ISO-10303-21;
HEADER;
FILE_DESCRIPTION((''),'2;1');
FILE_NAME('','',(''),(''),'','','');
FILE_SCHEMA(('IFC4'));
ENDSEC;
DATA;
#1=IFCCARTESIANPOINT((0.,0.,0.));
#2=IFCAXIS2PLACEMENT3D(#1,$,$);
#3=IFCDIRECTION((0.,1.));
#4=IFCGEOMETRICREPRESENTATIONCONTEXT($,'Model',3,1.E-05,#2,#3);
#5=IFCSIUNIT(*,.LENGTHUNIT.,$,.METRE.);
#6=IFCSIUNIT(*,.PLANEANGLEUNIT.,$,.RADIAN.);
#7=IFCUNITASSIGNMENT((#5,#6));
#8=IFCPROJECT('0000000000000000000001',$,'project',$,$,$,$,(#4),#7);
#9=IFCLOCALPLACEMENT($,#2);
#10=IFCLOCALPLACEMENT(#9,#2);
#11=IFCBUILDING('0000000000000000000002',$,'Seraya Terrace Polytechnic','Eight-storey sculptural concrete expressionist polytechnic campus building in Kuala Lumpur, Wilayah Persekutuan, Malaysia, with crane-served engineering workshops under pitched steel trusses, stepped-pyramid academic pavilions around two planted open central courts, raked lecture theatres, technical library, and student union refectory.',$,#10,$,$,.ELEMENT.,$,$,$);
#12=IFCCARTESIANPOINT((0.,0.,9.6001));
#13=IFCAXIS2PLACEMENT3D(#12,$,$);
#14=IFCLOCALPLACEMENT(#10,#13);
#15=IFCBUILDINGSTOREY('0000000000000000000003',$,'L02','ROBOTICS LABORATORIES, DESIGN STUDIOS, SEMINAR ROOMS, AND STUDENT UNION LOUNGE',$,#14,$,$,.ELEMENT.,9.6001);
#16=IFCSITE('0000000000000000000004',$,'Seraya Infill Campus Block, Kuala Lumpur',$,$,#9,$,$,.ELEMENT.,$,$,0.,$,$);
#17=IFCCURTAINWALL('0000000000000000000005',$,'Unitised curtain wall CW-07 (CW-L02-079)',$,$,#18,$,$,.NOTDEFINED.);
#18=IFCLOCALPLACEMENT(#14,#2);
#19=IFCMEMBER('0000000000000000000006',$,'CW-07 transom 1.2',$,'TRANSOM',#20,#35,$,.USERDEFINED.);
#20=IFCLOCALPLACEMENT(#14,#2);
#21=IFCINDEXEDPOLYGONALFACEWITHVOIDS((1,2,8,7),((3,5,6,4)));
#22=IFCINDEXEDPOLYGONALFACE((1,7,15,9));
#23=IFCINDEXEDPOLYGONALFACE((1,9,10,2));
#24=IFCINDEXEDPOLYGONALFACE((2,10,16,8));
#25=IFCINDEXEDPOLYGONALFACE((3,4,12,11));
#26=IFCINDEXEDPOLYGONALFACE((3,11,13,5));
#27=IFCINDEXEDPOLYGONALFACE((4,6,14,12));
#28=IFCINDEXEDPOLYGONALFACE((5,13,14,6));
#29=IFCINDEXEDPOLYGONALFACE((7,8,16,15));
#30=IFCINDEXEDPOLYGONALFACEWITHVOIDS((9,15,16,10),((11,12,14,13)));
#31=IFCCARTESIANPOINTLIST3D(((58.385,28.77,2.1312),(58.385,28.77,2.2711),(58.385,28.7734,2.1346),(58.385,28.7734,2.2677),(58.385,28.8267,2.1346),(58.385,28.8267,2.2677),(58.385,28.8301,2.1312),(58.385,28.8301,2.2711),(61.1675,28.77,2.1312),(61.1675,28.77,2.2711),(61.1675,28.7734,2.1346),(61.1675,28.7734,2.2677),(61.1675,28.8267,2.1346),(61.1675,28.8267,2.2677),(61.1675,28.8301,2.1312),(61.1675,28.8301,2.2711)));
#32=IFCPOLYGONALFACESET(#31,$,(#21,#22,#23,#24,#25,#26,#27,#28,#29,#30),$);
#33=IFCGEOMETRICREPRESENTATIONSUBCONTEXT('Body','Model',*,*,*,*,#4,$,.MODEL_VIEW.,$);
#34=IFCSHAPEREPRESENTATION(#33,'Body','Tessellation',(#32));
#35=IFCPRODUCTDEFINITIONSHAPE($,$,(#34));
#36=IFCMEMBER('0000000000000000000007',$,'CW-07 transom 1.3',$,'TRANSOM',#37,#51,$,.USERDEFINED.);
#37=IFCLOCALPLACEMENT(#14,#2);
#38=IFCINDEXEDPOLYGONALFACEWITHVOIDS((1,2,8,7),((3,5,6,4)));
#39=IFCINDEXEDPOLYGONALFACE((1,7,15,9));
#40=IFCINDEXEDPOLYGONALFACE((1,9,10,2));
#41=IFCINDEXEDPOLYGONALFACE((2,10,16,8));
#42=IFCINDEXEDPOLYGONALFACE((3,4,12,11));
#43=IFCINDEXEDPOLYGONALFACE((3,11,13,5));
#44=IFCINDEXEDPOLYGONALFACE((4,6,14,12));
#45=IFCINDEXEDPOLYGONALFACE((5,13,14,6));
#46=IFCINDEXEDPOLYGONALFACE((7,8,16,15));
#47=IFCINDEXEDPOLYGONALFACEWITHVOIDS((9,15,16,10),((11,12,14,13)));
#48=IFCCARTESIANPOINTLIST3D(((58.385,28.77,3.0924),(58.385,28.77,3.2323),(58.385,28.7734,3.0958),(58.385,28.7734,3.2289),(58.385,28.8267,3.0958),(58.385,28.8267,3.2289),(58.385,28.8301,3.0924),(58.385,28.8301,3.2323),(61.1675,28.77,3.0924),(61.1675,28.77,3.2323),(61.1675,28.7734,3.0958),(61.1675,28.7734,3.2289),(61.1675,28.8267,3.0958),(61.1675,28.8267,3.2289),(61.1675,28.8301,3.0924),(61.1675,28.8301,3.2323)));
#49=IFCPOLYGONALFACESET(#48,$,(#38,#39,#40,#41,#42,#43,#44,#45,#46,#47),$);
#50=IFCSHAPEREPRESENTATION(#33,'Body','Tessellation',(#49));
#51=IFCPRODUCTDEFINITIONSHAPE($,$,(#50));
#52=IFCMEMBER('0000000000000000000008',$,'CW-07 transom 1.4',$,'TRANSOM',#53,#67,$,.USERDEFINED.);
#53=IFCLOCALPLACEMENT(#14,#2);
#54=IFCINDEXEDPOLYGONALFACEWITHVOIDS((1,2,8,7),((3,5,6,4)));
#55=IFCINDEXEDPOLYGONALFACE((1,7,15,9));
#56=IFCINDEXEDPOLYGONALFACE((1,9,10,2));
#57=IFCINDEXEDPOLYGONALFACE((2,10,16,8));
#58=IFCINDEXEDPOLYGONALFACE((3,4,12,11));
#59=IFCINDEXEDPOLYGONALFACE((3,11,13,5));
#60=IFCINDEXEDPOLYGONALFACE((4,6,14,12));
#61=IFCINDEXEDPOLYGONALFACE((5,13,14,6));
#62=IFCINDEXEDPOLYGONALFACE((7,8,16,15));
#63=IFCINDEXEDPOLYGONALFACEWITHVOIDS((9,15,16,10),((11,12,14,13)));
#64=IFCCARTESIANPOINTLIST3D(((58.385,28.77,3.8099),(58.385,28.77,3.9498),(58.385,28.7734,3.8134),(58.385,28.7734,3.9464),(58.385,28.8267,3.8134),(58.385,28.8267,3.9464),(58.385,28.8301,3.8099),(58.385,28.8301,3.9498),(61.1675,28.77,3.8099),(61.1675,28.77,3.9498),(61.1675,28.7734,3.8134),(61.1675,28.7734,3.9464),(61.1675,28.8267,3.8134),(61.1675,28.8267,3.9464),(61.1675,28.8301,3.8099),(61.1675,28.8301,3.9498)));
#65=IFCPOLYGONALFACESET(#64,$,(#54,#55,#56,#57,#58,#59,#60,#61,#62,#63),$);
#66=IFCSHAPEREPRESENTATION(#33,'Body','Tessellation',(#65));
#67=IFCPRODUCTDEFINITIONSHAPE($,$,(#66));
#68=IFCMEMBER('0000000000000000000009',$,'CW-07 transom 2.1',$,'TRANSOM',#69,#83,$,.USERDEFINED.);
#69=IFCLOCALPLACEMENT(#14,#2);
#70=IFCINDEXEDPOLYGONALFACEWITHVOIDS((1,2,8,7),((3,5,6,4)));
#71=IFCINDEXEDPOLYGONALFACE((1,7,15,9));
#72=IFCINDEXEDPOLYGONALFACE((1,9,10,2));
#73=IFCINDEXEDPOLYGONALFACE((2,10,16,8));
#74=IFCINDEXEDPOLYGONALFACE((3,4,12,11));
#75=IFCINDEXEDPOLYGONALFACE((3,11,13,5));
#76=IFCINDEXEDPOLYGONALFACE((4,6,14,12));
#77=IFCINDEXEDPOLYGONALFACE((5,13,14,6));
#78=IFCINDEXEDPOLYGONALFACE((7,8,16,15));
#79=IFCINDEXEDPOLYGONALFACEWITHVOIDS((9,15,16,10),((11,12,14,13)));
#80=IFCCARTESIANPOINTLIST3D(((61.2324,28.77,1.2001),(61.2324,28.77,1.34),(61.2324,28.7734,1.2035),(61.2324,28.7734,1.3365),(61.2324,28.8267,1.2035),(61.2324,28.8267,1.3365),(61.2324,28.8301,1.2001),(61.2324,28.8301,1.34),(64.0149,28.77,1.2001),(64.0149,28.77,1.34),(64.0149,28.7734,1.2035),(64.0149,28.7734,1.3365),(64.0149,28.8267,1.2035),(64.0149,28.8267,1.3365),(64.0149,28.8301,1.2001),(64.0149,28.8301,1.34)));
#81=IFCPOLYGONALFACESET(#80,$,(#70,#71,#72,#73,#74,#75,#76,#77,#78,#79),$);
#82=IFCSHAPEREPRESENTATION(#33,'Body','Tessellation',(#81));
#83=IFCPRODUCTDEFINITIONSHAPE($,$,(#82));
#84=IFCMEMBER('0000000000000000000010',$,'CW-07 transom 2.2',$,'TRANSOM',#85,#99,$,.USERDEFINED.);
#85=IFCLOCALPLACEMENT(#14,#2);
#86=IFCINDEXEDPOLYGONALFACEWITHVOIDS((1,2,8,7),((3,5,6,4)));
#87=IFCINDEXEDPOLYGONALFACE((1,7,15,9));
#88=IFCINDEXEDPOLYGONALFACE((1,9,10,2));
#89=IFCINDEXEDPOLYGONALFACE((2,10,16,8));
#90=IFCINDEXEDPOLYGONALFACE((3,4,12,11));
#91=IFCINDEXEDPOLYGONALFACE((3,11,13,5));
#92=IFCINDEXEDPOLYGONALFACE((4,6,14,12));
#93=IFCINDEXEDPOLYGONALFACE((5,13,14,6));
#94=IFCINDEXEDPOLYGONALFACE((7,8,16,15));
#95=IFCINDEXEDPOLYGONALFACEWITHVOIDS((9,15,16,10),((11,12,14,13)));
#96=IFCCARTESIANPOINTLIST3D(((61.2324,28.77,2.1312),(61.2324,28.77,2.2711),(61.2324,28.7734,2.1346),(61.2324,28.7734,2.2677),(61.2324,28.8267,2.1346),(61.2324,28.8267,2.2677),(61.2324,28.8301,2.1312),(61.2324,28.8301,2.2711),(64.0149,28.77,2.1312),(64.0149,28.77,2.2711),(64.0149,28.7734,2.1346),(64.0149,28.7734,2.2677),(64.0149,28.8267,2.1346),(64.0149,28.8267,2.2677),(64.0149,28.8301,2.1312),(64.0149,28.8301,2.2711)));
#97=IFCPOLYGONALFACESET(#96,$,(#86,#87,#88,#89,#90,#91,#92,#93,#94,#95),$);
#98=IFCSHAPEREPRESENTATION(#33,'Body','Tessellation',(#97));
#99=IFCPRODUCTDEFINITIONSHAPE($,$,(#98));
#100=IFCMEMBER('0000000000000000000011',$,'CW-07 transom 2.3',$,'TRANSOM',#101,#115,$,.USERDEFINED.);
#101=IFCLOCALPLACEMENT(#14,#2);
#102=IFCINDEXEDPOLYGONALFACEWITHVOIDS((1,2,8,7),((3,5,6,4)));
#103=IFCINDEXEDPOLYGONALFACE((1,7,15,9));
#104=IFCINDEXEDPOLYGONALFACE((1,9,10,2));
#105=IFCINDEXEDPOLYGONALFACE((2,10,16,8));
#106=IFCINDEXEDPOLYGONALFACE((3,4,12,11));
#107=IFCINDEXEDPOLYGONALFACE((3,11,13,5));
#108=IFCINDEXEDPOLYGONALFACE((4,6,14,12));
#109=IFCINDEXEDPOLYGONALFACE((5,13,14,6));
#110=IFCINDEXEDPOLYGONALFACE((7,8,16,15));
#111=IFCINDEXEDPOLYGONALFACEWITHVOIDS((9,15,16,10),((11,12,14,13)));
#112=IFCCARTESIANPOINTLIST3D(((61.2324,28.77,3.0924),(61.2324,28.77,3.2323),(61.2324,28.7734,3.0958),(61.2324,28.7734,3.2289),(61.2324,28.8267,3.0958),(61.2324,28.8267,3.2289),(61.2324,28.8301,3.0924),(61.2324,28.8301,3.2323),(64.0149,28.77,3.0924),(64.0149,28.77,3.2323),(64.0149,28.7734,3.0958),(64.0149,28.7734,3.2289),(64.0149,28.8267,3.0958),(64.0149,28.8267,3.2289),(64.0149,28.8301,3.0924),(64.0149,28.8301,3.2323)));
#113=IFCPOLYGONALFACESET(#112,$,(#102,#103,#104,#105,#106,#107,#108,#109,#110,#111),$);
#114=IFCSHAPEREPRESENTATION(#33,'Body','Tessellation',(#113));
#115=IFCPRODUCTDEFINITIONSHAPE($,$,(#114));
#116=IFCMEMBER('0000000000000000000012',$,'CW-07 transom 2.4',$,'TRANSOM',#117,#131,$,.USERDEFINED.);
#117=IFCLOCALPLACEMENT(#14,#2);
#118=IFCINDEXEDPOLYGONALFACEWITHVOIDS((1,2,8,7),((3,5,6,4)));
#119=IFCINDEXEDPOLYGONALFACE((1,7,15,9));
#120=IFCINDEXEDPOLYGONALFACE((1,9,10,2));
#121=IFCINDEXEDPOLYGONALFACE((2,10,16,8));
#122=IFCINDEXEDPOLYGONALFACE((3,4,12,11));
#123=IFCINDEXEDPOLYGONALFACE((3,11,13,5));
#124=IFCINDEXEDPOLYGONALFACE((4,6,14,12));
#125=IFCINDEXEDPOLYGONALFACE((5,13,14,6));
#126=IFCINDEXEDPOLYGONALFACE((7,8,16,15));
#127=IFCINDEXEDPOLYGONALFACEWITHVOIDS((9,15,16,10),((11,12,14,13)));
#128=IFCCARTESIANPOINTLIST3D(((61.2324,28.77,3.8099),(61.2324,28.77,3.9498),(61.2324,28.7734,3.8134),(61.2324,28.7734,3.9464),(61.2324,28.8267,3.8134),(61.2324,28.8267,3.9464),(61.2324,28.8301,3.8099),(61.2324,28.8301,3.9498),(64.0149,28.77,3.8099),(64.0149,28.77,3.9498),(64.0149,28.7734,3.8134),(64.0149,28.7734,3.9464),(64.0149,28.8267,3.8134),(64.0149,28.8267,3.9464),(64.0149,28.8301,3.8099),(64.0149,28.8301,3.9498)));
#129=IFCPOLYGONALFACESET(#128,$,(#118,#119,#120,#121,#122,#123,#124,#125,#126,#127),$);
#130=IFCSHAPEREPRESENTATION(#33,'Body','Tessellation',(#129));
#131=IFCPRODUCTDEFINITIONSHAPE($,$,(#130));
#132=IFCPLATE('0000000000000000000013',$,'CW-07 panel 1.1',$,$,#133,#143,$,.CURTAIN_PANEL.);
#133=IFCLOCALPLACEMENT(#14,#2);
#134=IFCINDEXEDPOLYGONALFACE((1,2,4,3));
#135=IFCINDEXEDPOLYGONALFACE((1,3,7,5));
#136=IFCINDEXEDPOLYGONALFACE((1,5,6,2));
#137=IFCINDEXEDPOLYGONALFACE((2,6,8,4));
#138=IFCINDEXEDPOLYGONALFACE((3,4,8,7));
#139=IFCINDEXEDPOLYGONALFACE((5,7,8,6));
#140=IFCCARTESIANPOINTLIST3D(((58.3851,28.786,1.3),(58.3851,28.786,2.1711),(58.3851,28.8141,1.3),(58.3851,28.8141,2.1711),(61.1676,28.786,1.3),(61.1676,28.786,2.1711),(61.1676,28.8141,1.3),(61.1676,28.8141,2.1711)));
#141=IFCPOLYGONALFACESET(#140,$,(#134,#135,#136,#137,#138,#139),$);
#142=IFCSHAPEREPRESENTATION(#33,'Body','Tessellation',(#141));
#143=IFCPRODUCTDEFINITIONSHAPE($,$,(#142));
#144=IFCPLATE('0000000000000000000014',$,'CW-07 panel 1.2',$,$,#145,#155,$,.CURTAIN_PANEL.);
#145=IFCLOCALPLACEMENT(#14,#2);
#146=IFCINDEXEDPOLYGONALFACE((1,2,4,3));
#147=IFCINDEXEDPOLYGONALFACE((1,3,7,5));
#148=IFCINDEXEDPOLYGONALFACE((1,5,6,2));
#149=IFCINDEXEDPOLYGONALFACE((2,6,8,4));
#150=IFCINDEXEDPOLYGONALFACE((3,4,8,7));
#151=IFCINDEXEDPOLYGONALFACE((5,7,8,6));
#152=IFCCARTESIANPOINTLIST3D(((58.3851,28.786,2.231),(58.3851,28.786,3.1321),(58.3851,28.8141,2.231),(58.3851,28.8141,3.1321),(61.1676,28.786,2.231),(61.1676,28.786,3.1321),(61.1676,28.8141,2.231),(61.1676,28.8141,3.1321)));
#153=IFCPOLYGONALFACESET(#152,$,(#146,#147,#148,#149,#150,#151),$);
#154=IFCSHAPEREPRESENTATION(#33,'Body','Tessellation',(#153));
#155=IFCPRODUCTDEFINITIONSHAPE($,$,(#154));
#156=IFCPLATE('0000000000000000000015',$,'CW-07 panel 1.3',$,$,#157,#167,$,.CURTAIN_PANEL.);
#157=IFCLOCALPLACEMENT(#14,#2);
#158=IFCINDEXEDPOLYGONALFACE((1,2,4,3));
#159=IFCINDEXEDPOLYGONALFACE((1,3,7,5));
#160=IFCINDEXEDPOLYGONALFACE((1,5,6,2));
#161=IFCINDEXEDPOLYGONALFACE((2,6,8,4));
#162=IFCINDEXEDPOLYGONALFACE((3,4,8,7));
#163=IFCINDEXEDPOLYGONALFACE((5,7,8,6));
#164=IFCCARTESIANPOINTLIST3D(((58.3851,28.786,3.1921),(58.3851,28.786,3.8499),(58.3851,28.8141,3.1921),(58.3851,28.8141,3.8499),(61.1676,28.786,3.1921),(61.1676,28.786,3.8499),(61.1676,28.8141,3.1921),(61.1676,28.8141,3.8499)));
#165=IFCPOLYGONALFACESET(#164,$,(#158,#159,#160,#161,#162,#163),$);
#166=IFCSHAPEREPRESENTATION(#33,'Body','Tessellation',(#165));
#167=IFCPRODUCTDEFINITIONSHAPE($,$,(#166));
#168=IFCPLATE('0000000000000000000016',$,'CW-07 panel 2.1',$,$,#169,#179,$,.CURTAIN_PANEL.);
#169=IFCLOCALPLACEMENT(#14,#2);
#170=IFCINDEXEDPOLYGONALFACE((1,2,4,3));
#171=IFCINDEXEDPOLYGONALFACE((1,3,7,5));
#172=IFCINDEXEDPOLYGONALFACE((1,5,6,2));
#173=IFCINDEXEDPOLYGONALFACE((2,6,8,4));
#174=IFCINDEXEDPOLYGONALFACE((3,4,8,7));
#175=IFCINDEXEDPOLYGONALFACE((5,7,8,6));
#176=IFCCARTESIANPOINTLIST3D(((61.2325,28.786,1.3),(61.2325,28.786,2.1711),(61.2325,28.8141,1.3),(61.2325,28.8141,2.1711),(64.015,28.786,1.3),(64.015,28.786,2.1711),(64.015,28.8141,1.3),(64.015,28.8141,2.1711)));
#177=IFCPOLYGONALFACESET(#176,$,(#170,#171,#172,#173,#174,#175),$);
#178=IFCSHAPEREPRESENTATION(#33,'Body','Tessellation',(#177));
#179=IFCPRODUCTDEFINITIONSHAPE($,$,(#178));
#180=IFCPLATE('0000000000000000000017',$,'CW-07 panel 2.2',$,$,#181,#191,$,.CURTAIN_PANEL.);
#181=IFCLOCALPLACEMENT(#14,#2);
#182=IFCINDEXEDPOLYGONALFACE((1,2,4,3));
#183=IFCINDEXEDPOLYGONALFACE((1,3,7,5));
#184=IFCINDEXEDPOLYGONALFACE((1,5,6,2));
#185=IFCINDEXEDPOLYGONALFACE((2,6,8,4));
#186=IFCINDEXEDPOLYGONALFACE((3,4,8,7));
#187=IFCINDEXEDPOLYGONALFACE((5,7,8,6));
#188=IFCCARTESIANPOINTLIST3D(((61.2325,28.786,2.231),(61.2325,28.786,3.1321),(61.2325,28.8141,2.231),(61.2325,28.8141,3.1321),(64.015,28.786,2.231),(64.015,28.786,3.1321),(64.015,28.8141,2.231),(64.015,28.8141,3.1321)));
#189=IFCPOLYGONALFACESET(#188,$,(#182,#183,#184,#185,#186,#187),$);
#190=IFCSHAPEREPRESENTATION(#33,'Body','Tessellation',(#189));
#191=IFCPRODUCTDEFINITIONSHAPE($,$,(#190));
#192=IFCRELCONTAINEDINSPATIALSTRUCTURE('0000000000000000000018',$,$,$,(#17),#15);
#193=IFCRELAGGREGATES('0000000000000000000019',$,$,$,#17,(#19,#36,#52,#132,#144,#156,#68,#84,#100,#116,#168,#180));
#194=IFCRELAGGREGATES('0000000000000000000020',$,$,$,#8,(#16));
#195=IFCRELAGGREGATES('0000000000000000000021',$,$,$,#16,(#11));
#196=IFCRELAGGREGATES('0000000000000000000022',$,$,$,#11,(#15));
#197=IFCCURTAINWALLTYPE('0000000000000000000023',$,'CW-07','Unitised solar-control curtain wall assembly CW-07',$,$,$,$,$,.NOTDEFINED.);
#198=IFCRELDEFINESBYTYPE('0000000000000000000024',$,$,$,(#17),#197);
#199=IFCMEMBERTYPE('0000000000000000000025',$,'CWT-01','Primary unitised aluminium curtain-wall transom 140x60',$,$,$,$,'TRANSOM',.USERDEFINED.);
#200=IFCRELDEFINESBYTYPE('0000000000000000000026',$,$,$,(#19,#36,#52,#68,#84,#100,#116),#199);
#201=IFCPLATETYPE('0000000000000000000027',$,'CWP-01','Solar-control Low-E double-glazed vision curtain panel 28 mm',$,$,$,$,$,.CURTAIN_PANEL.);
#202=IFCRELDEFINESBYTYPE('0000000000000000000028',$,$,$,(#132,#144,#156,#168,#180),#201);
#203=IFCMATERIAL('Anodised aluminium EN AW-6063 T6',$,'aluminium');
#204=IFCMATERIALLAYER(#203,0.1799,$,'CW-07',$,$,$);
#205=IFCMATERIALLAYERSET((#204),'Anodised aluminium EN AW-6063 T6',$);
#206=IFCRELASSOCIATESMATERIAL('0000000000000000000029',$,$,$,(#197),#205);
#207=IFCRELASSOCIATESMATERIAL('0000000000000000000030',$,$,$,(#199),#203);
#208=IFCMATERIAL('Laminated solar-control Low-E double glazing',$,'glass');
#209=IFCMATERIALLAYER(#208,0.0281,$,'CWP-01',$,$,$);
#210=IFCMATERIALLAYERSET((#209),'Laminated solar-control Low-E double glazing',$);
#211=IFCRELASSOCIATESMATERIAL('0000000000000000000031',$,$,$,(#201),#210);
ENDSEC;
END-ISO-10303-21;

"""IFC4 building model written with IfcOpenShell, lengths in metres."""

from ifc_helpers import new_model, si_unit, direction, frame, origin, origin_2d, place, context, subcontext, project, spatial, rectangle, hollow_rectangle, extrude, material, layer, layer_set, material_profile, profile_set, type_object, element, aggregate, save


model = new_model("IFC4")

# Units and contexts
model_context = context("Model", 3, precision=1e-05, world=origin(), true_north=direction((0.0, 1.0)))
body_context = subcontext(model_context, "Body", "Model", "MODEL_VIEW")
ifc_project = project(units=[si_unit("LENGTHUNIT", "METRE"), si_unit("PLANEANGLEUNIT", "RADIAN")], contexts=[model_context])

# Site, building, storey
site_placement = place(None, origin())
site = spatial("IfcSite", under=ifc_project, at=site_placement, Name="Seraya Infill Campus Block, Kuala Lumpur", CompositionType="ELEMENT", RefElevation=0.0)
building_placement = place(site_placement, origin())
building = spatial("IfcBuilding", under=site, at=building_placement, Name="Seraya Terrace Polytechnic", Description="Eight-storey sculptural concrete expressionist polytechnic campus building in Kuala Lumpur, Wilayah Persekutuan, Malaysia, with crane-served engineering workshops under pitched steel trusses, stepped-pyramid academic pavilions around two planted open central courts, raked lecture theatres, technical library, and student union refectory.", CompositionType="ELEMENT")
storey_placement = place(building_placement, frame((0.0, 0.0, 9.6001)))
storey = spatial("IfcBuildingStorey", under=building, at=storey_placement, Name="L02", Description="ROBOTICS LABORATORIES, DESIGN STUDIOS, SEMINAR ROOMS, AND STUDENT UNION LOUNGE", CompositionType="ELEMENT", Elevation=9.6001)

# Curtain wall, members, plates
ifc_material_1 = material(Name="Anodised aluminium EN AW-6063 T6", Category="aluminium")
ifc_layer_1 = layer(ifc_material_1, 0.1799, Name="CW-07")
ifc_layer_set_1 = layer_set([ifc_layer_1], Name="Anodised aluminium EN AW-6063 T6")
curtain_wall_type = type_object("IfcCurtainWallType", Name="CW-07", Description="Unitised solar-control curtain wall assembly CW-07", PredefinedType="NOTDEFINED", material=ifc_layer_set_1)
curtain_wall_placement = place(storey_placement, origin())
curtain_wall = element("IfcCurtainWall", 1, at=curtain_wall_placement, inside=storey, type_object=curtain_wall_type, Name="Unitised curtain wall CW-07 (CW-L02-079)", PredefinedType="NOTDEFINED")
ifc_material_profile_1 = material_profile(ifc_material_1, hollow_rectangle(XDim=0.0601, YDim=0.1399, WallThickness=0.0034, at=origin_2d()), Name="RHS 140x60x3.5")
ifc_profile_set_1 = profile_set([ifc_material_profile_1], Name="Anodised aluminium EN AW-6063 T6")
member_type_1 = type_object("IfcMemberType", Name="CWT-01", Description="Primary unitised aluminium curtain-wall transom 140x60", ElementType="TRANSOM", PredefinedType="USERDEFINED", material=ifc_profile_set_1)
member_1_placement = place(storey_placement, frame((58.385, 28.8, 2.2012), z_axis=(1.0, 0.0, 0.0), x_axis=(0.0, 1.0, 0.0)))
member_1 = element("IfcMember", 2, at=member_1_placement, type_object=member_type_1, Name="CW-07 transom 1.2", ObjectType="TRANSOM", PredefinedType="USERDEFINED", context=body_context, shape_type="SweptSolid", body=[
    extrude(hollow_rectangle(XDim=0.0601, YDim=0.1399, WallThickness=0.0034, at=origin_2d()), origin(), (0.0, 0.0, 1.0), 2.7825),
])
member_2_placement = place(storey_placement, frame((58.385, 28.8, 3.1624), z_axis=(1.0, 0.0, 0.0), x_axis=(0.0, 1.0, 0.0)))
member_2 = element("IfcMember", 3, at=member_2_placement, type_object=member_type_1, Name="CW-07 transom 1.3", ObjectType="TRANSOM", PredefinedType="USERDEFINED", context=body_context, shape_type="SweptSolid", body=[
    extrude(hollow_rectangle(XDim=0.0601, YDim=0.1399, WallThickness=0.0034, at=origin_2d()), origin(), (0.0, 0.0, 1.0), 2.7825),
])
member_3_placement = place(storey_placement, frame((58.385, 28.8, 3.8799), z_axis=(1.0, 0.0, 0.0), x_axis=(0.0, 1.0, 0.0)))
member_3 = element("IfcMember", 4, at=member_3_placement, type_object=member_type_1, Name="CW-07 transom 1.4", ObjectType="TRANSOM", PredefinedType="USERDEFINED", context=body_context, shape_type="SweptSolid", body=[
    extrude(hollow_rectangle(XDim=0.0601, YDim=0.1399, WallThickness=0.0034, at=origin_2d()), origin(), (0.0, 0.0, 1.0), 2.7825),
])
member_4_placement = place(storey_placement, frame((61.2324, 28.8, 1.27), z_axis=(1.0, 0.0, 0.0), x_axis=(0.0, 1.0, 0.0)))
member_4 = element("IfcMember", 5, at=member_4_placement, type_object=member_type_1, Name="CW-07 transom 2.1", ObjectType="TRANSOM", PredefinedType="USERDEFINED", context=body_context, shape_type="SweptSolid", body=[
    extrude(hollow_rectangle(XDim=0.0601, YDim=0.1399, WallThickness=0.0034, at=origin_2d()), origin(), (0.0, 0.0, 1.0), 2.7825),
])
member_5_placement = place(storey_placement, frame((61.2324, 28.8, 2.2012), z_axis=(1.0, 0.0, 0.0), x_axis=(0.0, 1.0, 0.0)))
member_5 = element("IfcMember", 6, at=member_5_placement, type_object=member_type_1, Name="CW-07 transom 2.2", ObjectType="TRANSOM", PredefinedType="USERDEFINED", context=body_context, shape_type="SweptSolid", body=[
    extrude(hollow_rectangle(XDim=0.0601, YDim=0.1399, WallThickness=0.0034, at=origin_2d()), origin(), (0.0, 0.0, 1.0), 2.7825),
])
member_6_placement = place(storey_placement, frame((61.2324, 28.8, 3.1624), z_axis=(1.0, 0.0, 0.0), x_axis=(0.0, 1.0, 0.0)))
member_6 = element("IfcMember", 7, at=member_6_placement, type_object=member_type_1, Name="CW-07 transom 2.3", ObjectType="TRANSOM", PredefinedType="USERDEFINED", context=body_context, shape_type="SweptSolid", body=[
    extrude(hollow_rectangle(XDim=0.0601, YDim=0.1399, WallThickness=0.0034, at=origin_2d()), origin(), (0.0, 0.0, 1.0), 2.7825),
])
member_7_placement = place(storey_placement, frame((61.2324, 28.8, 3.8799), z_axis=(1.0, 0.0, 0.0), x_axis=(0.0, 1.0, 0.0)))
member_7 = element("IfcMember", 8, at=member_7_placement, type_object=member_type_1, Name="CW-07 transom 2.4", ObjectType="TRANSOM", PredefinedType="USERDEFINED", context=body_context, shape_type="SweptSolid", body=[
    extrude(hollow_rectangle(XDim=0.0601, YDim=0.1399, WallThickness=0.0034, at=origin_2d()), origin(), (0.0, 0.0, 1.0), 2.7825),
])
ifc_material_2 = material(Name="Laminated solar-control Low-E double glazing", Category="glass")
ifc_layer_2 = layer(ifc_material_2, 0.0281, Name="CWP-01")
ifc_layer_set_2 = layer_set([ifc_layer_2], Name="Laminated solar-control Low-E double glazing")
plate_type = type_object("IfcPlateType", Name="CWP-01", Description="Solar-control Low-E double-glazed vision curtain panel 28 mm", PredefinedType="CURTAIN_PANEL", material=ifc_layer_set_2)
plate_1_placement = place(storey_placement, frame((59.7764, 28.8, 1.3), z_axis=(0.0, 0.0, 1.0), x_axis=(1.0, 0.0, 0.0)))
plate_1 = element("IfcPlate", 9, at=plate_1_placement, type_object=plate_type, Name="CW-07 panel 1.1", PredefinedType="CURTAIN_PANEL", context=body_context, shape_type="SweptSolid", body=[
    extrude(rectangle(XDim=2.7825, YDim=0.0281, at=origin_2d()), origin(), (0.0, 0.0, 1.0), 0.8711),
])
plate_2_placement = place(storey_placement, frame((59.7764, 28.8, 2.231), z_axis=(0.0, 0.0, 1.0), x_axis=(1.0, 0.0, 0.0)))
plate_2 = element("IfcPlate", 10, at=plate_2_placement, type_object=plate_type, Name="CW-07 panel 1.2", PredefinedType="CURTAIN_PANEL", context=body_context, shape_type="SweptSolid", body=[
    extrude(rectangle(XDim=2.7825, YDim=0.0281, at=origin_2d()), origin(), (0.0, 0.0, 1.0), 0.9011),
])
plate_3_placement = place(storey_placement, frame((59.7764, 28.8, 3.1921), z_axis=(0.0, 0.0, 1.0), x_axis=(1.0, 0.0, 0.0)))
plate_3 = element("IfcPlate", 11, at=plate_3_placement, type_object=plate_type, Name="CW-07 panel 1.3", PredefinedType="CURTAIN_PANEL", context=body_context, shape_type="SweptSolid", body=[
    extrude(rectangle(XDim=2.7825, YDim=0.0281, at=origin_2d()), origin(), (0.0, 0.0, 1.0), 0.6577),
])
plate_4_placement = place(storey_placement, frame((62.6238, 28.8, 1.3), z_axis=(0.0, 0.0, 1.0), x_axis=(1.0, 0.0, 0.0)))
plate_4 = element("IfcPlate", 12, at=plate_4_placement, type_object=plate_type, Name="CW-07 panel 2.1", PredefinedType="CURTAIN_PANEL", context=body_context, shape_type="SweptSolid", body=[
    extrude(rectangle(XDim=2.7825, YDim=0.0281, at=origin_2d()), origin(), (0.0, 0.0, 1.0), 0.8711),
])
plate_5_placement = place(storey_placement, frame((62.6238, 28.8, 2.231), z_axis=(0.0, 0.0, 1.0), x_axis=(1.0, 0.0, 0.0)))
plate_5 = element("IfcPlate", 13, at=plate_5_placement, type_object=plate_type, Name="CW-07 panel 2.2", PredefinedType="CURTAIN_PANEL", context=body_context, shape_type="SweptSolid", body=[
    extrude(rectangle(XDim=2.7825, YDim=0.0281, at=origin_2d()), origin(), (0.0, 0.0, 1.0), 0.9011),
])
aggregate(curtain_wall, [member_1, member_2, member_3, plate_1, plate_2, plate_3, member_4, member_5, member_6, member_7, plate_4, plate_5])

save(model, "model.ifc")
